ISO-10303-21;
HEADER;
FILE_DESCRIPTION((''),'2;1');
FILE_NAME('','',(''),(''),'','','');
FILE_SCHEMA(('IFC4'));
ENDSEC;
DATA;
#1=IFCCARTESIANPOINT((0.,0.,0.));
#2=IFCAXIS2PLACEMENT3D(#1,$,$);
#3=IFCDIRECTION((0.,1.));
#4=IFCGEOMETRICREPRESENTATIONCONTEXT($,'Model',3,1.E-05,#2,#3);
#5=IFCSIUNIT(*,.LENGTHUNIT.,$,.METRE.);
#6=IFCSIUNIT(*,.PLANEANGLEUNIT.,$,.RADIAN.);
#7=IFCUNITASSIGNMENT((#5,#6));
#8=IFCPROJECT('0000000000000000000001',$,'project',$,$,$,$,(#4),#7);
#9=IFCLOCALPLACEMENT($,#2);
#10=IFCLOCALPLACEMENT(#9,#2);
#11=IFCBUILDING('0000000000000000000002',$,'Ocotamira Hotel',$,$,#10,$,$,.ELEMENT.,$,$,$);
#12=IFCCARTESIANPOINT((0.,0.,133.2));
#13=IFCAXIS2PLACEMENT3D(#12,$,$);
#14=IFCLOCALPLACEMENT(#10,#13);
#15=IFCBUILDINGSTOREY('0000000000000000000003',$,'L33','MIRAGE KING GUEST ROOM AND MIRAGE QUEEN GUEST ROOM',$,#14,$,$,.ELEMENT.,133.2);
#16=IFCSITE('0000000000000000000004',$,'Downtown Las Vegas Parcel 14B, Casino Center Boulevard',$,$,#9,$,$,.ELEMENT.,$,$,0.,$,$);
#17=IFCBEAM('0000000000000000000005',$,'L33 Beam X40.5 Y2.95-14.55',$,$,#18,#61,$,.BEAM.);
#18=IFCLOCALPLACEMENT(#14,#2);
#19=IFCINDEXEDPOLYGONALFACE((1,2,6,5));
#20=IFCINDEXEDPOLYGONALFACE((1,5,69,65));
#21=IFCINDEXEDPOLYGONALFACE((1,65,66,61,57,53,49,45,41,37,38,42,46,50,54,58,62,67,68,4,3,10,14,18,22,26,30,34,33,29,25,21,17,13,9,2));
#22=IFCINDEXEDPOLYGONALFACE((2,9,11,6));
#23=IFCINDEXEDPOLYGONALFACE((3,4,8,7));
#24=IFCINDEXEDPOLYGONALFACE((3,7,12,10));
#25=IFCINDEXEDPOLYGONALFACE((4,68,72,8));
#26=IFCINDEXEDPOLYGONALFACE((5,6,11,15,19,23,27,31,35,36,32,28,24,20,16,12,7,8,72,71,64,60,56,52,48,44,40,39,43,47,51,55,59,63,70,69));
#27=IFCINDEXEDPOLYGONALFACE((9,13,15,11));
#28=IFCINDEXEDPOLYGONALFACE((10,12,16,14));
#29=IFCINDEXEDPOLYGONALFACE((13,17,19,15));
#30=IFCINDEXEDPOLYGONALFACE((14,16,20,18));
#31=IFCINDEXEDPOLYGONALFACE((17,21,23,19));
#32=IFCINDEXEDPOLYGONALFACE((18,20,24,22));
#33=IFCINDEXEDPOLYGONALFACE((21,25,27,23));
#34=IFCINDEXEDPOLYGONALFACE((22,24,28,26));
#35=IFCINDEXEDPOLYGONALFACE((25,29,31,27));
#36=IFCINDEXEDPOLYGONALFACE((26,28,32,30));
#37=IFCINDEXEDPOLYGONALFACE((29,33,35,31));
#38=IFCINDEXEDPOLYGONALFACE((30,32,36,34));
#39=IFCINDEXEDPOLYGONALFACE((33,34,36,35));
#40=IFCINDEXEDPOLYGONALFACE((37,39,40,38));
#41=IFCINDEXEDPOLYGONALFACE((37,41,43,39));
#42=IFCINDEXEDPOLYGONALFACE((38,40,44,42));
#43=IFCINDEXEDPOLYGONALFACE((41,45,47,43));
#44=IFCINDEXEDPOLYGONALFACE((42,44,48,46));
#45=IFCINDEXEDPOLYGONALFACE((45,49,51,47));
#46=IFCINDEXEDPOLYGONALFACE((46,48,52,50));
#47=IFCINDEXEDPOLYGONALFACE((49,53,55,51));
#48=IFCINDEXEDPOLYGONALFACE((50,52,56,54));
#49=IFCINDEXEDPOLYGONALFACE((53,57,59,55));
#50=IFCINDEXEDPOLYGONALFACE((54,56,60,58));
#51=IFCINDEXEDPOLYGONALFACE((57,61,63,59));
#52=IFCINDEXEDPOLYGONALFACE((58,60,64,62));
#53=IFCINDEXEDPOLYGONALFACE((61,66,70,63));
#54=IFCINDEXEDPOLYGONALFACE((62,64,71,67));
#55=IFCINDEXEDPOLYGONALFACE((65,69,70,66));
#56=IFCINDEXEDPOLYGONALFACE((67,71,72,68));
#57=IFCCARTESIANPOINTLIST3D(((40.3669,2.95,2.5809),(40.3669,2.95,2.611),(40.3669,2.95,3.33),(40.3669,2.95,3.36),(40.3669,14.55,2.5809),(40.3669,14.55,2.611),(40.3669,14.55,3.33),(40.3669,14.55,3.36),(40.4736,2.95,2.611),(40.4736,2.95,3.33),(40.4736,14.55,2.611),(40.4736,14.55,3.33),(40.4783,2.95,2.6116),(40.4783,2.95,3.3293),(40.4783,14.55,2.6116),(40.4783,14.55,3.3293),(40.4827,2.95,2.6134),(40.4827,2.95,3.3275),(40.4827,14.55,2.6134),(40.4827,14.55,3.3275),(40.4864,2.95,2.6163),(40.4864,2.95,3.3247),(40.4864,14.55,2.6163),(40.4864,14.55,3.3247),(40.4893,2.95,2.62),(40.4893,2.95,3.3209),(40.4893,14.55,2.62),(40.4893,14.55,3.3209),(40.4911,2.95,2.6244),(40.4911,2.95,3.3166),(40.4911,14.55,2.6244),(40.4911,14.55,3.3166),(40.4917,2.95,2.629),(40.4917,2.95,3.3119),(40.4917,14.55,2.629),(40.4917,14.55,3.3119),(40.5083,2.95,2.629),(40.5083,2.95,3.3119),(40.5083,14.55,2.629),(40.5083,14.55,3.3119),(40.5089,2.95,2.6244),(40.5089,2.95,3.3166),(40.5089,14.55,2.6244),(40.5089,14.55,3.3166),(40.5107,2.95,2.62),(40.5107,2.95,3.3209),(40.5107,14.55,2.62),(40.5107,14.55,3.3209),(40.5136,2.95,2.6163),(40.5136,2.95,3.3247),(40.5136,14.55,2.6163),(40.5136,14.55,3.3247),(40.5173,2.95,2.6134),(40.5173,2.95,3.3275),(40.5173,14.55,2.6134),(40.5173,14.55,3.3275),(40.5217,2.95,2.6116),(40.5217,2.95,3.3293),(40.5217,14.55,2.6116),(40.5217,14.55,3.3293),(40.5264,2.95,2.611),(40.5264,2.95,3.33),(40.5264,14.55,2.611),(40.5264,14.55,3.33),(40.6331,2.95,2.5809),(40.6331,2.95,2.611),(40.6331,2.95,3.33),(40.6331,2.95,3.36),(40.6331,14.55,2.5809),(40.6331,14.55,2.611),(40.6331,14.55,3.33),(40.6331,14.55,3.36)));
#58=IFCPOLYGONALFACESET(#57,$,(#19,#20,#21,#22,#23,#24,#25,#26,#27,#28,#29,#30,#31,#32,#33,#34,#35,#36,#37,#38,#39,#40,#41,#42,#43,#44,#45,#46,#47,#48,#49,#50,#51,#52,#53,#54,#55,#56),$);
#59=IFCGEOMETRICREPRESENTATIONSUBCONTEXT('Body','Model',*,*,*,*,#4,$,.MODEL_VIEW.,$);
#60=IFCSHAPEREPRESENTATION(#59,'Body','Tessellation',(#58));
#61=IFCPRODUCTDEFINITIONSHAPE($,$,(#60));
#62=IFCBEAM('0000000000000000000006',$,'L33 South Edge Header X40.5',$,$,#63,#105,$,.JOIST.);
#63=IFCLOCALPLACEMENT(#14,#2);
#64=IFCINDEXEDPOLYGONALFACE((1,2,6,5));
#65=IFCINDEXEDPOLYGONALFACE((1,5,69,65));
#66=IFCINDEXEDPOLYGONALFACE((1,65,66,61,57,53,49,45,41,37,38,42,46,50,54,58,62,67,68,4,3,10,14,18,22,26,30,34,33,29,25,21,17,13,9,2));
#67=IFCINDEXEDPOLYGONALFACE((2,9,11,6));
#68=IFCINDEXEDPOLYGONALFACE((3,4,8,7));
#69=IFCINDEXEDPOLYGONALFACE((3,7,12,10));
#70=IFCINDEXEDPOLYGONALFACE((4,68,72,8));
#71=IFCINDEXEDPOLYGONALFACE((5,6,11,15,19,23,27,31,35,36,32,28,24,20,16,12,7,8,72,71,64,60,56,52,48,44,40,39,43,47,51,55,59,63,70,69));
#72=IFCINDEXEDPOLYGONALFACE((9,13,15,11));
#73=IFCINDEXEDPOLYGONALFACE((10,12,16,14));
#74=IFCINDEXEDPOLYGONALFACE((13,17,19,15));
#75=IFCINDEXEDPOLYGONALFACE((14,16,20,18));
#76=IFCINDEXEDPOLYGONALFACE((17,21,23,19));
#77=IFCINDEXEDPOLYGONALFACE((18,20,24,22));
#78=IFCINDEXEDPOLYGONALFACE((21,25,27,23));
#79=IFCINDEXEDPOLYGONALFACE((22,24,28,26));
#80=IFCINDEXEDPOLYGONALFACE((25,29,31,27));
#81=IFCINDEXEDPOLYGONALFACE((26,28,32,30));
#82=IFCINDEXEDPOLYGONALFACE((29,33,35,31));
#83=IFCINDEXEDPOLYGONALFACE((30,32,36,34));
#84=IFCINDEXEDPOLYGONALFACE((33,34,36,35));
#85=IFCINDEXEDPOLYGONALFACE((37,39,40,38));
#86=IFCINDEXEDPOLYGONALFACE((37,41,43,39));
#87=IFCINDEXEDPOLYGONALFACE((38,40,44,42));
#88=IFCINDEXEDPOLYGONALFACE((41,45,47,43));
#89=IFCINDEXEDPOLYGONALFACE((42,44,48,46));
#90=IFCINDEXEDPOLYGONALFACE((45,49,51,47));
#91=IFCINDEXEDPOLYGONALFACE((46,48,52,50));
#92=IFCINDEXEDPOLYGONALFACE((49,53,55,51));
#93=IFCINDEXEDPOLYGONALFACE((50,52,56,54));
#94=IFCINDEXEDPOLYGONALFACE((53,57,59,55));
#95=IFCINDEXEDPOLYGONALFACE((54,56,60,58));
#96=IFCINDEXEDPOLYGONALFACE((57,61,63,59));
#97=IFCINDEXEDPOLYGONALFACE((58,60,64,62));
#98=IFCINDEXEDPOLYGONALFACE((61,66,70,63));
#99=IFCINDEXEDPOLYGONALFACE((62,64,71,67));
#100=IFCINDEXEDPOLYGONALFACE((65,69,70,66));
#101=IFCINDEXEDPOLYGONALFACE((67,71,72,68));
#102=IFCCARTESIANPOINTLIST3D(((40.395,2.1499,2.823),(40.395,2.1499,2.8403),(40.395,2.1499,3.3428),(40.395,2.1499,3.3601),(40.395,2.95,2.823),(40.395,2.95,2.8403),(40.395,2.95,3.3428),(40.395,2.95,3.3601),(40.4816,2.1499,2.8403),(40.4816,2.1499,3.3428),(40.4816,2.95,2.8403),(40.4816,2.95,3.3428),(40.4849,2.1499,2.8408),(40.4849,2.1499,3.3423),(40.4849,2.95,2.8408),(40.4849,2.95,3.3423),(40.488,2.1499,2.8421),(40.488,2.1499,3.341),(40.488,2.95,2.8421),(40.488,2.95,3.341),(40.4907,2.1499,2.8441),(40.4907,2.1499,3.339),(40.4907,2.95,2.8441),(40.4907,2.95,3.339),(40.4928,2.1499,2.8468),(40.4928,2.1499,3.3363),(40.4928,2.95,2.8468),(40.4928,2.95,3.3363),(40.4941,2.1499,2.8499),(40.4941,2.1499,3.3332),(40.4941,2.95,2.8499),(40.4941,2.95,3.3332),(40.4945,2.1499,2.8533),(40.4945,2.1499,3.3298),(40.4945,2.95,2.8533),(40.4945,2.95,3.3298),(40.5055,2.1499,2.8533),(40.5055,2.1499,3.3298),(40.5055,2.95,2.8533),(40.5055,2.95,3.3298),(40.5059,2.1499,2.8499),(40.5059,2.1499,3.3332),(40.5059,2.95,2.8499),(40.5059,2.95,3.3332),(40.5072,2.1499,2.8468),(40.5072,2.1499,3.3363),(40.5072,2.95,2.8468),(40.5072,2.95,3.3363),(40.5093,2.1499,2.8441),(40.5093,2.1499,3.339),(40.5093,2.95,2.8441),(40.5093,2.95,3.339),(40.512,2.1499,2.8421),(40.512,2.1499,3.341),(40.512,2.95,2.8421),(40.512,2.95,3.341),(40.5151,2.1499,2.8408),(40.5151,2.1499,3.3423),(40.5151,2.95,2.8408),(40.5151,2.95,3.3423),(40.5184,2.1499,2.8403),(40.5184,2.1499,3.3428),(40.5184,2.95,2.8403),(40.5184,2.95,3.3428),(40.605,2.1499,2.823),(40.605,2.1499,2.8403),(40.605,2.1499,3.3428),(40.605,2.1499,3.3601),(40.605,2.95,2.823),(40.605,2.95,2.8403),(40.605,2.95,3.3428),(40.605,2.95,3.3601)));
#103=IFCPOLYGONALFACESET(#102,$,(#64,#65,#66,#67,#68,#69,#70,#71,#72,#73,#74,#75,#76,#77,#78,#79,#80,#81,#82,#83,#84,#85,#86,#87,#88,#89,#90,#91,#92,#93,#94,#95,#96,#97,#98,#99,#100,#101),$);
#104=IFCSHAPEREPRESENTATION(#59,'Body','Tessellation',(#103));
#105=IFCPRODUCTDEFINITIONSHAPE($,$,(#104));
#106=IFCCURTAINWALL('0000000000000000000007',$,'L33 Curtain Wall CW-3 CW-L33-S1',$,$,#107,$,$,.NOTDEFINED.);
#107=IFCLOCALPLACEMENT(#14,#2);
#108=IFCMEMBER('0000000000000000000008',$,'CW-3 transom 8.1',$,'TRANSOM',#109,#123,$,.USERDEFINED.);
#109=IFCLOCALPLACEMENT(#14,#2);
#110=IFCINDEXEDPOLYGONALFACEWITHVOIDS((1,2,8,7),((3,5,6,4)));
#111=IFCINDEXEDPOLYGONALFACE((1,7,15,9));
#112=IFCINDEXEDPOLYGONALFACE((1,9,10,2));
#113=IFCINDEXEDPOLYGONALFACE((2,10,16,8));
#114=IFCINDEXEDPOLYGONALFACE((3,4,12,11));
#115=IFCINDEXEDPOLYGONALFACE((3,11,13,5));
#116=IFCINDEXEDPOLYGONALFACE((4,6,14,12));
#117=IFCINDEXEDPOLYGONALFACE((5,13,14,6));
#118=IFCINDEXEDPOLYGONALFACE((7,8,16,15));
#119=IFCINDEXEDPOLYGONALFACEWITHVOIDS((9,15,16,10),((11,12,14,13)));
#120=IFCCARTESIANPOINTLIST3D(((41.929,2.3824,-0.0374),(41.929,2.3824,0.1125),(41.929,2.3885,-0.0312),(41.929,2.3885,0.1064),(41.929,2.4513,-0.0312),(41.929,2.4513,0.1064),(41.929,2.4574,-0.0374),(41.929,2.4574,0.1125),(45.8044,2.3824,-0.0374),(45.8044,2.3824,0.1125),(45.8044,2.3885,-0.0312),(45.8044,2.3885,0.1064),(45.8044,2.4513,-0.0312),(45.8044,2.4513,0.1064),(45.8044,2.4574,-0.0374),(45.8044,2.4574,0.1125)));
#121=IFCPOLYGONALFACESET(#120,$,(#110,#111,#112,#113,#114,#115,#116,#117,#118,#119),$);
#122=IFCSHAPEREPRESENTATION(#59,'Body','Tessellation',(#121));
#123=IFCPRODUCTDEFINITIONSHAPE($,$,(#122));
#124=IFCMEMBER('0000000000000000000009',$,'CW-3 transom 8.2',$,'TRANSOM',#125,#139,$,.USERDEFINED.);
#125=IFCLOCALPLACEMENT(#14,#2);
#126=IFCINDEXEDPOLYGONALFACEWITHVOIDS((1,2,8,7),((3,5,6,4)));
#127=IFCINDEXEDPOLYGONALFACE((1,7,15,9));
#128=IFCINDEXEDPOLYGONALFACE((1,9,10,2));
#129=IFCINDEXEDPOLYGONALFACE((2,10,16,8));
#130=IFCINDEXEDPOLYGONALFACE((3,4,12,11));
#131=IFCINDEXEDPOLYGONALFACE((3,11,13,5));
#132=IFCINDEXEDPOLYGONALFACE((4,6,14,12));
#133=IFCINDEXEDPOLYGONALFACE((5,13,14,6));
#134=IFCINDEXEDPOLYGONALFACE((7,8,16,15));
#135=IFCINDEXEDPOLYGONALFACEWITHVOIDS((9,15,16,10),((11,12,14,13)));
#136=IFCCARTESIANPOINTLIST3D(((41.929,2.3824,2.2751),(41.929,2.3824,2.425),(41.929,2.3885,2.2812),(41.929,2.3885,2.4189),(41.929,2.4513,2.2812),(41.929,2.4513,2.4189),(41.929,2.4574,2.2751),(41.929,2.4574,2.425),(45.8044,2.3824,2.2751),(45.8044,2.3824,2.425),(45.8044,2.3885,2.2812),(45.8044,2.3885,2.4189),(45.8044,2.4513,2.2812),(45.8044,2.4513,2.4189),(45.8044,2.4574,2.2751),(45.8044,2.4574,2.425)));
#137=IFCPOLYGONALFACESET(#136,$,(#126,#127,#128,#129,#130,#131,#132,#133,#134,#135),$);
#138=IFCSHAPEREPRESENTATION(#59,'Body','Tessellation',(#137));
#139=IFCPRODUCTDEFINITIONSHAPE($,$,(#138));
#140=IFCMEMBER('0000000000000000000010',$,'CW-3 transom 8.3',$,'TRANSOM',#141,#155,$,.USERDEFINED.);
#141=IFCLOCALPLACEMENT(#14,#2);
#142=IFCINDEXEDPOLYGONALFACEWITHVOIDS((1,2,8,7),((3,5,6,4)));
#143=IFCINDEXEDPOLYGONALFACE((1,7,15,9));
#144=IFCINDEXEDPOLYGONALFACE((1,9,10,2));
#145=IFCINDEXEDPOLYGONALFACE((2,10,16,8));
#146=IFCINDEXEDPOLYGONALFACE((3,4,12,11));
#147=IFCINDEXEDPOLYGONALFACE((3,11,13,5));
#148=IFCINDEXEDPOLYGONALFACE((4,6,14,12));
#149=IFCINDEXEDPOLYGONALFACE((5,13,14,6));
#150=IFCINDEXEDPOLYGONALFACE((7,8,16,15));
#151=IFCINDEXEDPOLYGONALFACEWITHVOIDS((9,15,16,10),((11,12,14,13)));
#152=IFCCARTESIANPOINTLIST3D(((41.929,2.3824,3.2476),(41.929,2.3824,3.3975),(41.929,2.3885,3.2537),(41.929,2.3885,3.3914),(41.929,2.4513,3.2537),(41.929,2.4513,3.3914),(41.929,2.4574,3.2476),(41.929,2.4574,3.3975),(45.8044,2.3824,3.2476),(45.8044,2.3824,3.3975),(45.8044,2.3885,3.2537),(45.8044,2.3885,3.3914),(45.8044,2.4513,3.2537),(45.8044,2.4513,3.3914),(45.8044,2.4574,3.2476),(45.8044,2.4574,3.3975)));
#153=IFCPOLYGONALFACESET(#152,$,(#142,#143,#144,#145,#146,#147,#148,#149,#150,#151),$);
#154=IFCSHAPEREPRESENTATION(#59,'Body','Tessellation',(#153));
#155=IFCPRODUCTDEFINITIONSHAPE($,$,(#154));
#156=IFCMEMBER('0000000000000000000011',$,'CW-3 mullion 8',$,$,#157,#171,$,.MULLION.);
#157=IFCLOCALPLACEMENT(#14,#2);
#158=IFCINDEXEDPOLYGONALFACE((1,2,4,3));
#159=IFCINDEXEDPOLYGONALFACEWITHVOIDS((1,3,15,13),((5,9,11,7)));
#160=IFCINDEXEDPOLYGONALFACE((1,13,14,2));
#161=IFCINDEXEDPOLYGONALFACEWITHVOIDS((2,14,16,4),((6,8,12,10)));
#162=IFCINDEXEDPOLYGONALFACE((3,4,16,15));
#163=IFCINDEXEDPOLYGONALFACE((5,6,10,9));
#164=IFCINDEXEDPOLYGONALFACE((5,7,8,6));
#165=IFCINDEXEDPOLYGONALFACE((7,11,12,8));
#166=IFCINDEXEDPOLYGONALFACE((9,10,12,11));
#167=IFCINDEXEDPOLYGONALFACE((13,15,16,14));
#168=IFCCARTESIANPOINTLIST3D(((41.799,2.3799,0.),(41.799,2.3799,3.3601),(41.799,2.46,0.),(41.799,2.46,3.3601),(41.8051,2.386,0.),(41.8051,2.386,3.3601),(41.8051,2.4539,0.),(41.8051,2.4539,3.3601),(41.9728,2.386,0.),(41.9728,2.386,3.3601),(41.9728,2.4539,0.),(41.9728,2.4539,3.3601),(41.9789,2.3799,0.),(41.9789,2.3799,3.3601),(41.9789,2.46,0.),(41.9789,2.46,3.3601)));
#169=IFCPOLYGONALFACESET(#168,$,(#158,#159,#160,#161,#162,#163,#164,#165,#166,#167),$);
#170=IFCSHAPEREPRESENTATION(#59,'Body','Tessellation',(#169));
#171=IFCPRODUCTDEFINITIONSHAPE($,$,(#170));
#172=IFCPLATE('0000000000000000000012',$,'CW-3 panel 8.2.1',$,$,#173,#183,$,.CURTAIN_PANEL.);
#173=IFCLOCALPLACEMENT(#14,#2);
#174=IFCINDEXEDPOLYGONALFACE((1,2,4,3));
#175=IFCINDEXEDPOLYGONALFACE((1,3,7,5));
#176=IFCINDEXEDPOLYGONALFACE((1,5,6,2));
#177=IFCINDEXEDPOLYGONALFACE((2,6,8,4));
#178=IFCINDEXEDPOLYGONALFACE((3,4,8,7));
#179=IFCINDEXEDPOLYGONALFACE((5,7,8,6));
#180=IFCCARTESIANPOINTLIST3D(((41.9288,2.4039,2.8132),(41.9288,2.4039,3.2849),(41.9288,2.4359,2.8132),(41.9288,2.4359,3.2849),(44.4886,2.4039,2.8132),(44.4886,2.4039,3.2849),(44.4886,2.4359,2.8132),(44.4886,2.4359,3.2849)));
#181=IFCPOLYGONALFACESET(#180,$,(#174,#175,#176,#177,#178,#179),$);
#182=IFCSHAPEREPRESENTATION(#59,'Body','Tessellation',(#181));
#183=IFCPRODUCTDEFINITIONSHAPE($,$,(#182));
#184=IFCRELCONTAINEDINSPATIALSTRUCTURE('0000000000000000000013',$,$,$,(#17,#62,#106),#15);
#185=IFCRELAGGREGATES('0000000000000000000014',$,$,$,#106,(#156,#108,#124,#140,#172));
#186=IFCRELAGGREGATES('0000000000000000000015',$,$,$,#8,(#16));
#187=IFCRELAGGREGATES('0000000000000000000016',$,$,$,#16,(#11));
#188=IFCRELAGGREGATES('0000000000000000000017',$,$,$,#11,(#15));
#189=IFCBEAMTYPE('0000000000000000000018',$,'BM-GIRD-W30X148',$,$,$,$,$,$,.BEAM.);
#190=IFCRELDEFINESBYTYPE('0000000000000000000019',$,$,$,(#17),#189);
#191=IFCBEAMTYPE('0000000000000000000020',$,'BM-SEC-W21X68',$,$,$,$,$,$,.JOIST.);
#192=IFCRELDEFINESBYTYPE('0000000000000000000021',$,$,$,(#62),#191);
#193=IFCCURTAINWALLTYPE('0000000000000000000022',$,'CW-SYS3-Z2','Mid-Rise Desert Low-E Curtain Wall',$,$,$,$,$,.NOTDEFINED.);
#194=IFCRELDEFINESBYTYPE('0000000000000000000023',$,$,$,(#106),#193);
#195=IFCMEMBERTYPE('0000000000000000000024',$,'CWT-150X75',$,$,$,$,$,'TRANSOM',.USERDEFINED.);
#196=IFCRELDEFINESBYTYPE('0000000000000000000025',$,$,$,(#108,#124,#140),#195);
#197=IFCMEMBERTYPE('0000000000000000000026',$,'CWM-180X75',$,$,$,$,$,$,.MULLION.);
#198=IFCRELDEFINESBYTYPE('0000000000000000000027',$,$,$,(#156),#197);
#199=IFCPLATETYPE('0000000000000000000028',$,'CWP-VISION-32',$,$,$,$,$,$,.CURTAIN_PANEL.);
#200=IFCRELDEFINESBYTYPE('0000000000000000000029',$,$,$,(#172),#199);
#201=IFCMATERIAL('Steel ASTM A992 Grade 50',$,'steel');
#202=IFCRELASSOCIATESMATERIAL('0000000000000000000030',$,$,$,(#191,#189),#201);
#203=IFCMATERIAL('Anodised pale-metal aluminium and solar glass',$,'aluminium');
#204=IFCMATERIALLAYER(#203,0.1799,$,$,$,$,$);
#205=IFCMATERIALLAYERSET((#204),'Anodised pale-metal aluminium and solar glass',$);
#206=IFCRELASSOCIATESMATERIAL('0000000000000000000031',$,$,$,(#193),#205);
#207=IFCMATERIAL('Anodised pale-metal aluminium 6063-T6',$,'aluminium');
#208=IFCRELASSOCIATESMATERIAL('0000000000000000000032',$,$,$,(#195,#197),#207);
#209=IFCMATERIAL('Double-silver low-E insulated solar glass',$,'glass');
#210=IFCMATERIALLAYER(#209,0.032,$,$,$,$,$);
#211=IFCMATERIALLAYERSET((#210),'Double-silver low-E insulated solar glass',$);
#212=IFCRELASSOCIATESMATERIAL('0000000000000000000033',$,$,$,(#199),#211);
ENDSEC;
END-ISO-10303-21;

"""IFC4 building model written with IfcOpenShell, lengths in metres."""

from ifc_helpers import new_model, si_unit, direction, frame, origin, origin_2d, place, context, subcontext, project, spatial, rectangle, hollow_rectangle, i_section, extrude, source, transform, mapped, material, layer, layer_set, material_profile, profile_set, type_object, element, aggregate, save


model = new_model("IFC4")

# Units and contexts
model_context = context("Model", 3, precision=1e-05, world=origin(), true_north=direction((0.0, 1.0)))
body_context = subcontext(model_context, "Body", "Model", "MODEL_VIEW")
ifc_project = project(units=[si_unit("LENGTHUNIT", "METRE"), si_unit("PLANEANGLEUNIT", "RADIAN")], contexts=[model_context])

# Site, building, storey
site_placement = place(None, origin())
site = spatial("IfcSite", under=ifc_project, at=site_placement, Name="Downtown Las Vegas Parcel 14B, Casino Center Boulevard", CompositionType="ELEMENT", RefElevation=0.0)
building_placement = place(site_placement, origin())
building = spatial("IfcBuilding", under=site, at=building_placement, Name="Ocotamira Hotel", CompositionType="ELEMENT")
storey_placement = place(building_placement, frame((0.0, 0.0, 133.2)))
storey = spatial("IfcBuildingStorey", under=building, at=storey_placement, Name="L33", Description="MIRAGE KING GUEST ROOM AND MIRAGE QUEEN GUEST ROOM", CompositionType="ELEMENT", Elevation=133.2)

# Beams
ifc_material_1 = material(Name="Steel ASTM A992 Grade 50", Category="steel")
ifc_material_profile_1 = material_profile(ifc_material_1, i_section(OverallWidth=0.21, OverallDepth=0.5371, WebThickness=0.011, FlangeThickness=0.0173, FilletRadius=0.0129, at=origin_2d()), Name="W21X68")
ifc_profile_set_1 = profile_set([ifc_material_profile_1], Name="Steel ASTM A992 Grade 50")
beam_type_1 = type_object("IfcBeamType", Name="BM-SEC-W21X68", PredefinedType="JOIST", material=ifc_profile_set_1)
ifc_material_profile_2 = material_profile(ifc_material_1, i_section(OverallWidth=0.2661, OverallDepth=0.7791, WebThickness=0.0166, FlangeThickness=0.03, FilletRadius=0.0181, at=origin_2d()), Name="W30X148")
ifc_profile_set_2 = profile_set([ifc_material_profile_2], Name="Steel ASTM A992 Grade 50")
beam_type_2 = type_object("IfcBeamType", Name="BM-GIRD-W30X148", PredefinedType="BEAM", material=ifc_profile_set_2)
shared_shape_1 = source(origin(), body_context, "Body", "SweptSolid", [
    extrude(i_section(OverallWidth=0.2661, OverallDepth=0.7791, WebThickness=0.0166, FlangeThickness=0.03, FilletRadius=0.0181, at=origin_2d()), origin(), (0.0, 0.0, 1.0), 11.6001),
])
beam_1_placement = place(storey_placement, frame((40.5, 2.95, 2.9705), z_axis=(0.0, 1.0, 0.0), x_axis=(-1.0, 0.0, 0.0)))
element("IfcBeam", 1, at=beam_1_placement, inside=storey, type_object=beam_type_2, Name="L33 Beam X40.5 Y2.95-14.55", PredefinedType="BEAM", context=body_context, shape_type="MappedRepresentation", body=[
    mapped(shared_shape_1, transform((0.0, 0.0, 0.0), scale=1.0)),
])
shared_shape_2 = source(origin(), body_context, "Body", "SweptSolid", [
    extrude(i_section(OverallWidth=0.21, OverallDepth=0.5371, WebThickness=0.011, FlangeThickness=0.0173, FilletRadius=0.0129, at=origin_2d()), origin(), (0.0, 0.0, 1.0), 0.8),
])
beam_2_placement = place(storey_placement, frame((40.5, 2.95, 3.0916), z_axis=(0.0, -1.0, 0.0), x_axis=(1.0, 0.0, 0.0)))
element("IfcBeam", 2, at=beam_2_placement, inside=storey, type_object=beam_type_1, Name="L33 South Edge Header X40.5", PredefinedType="JOIST", context=body_context, shape_type="MappedRepresentation", body=[
    mapped(shared_shape_2, transform((0.0, 0.0, 0.0), scale=1.0)),
])

# Curtain wall, members, plate
ifc_material_2 = material(Name="Anodised pale-metal aluminium and solar glass", Category="aluminium")
ifc_layer_1 = layer(ifc_material_2, 0.1799)
ifc_layer_set_1 = layer_set([ifc_layer_1], Name="Anodised pale-metal aluminium and solar glass")
curtain_wall_type = type_object("IfcCurtainWallType", Name="CW-SYS3-Z2", Description="Mid-Rise Desert Low-E Curtain Wall", PredefinedType="NOTDEFINED", material=ifc_layer_set_1)
curtain_wall_placement = place(storey_placement, origin())
curtain_wall = element("IfcCurtainWall", 3, at=curtain_wall_placement, inside=storey, type_object=curtain_wall_type, Name="L33 Curtain Wall CW-3 CW-L33-S1", PredefinedType="NOTDEFINED")
ifc_material_3 = material(Name="Anodised pale-metal aluminium 6063-T6", Category="aluminium")
ifc_material_profile_3 = material_profile(ifc_material_3, hollow_rectangle(XDim=0.075, YDim=0.1499, WallThickness=0.0061, at=origin_2d()), Name="HSS150X75X6")
ifc_profile_set_3 = profile_set([ifc_material_profile_3], Name="Anodised pale-metal aluminium 6063-T6")
member_type_1 = type_object("IfcMemberType", Name="CWT-150X75", ElementType="TRANSOM", PredefinedType="USERDEFINED", material=ifc_profile_set_3)
shared_shape_3 = source(origin(), body_context, "Body", "SweptSolid", [
    extrude(hollow_rectangle(XDim=0.075, YDim=0.1499, WallThickness=0.0061, at=origin_2d()), origin(), (0.0, 0.0, 1.0), 3.8755),
])
member_1_placement = place(storey_placement, frame((41.929, 2.4199, 0.0376), z_axis=(1.0, 0.0, 0.0), x_axis=(0.0, 1.0, 0.0)))
member_1 = element("IfcMember", 4, at=member_1_placement, type_object=member_type_1, Name="CW-3 transom 8.1", ObjectType="TRANSOM", PredefinedType="USERDEFINED", context=body_context, shape_type="MappedRepresentation", body=[
    mapped(shared_shape_3, transform((0.0, 0.0, 0.0), scale=1.0)),
])
member_2_placement = place(storey_placement, frame((41.929, 2.4199, 2.3501), z_axis=(1.0, 0.0, 0.0), x_axis=(0.0, 1.0, 0.0)))
member_2 = element("IfcMember", 5, at=member_2_placement, type_object=member_type_1, Name="CW-3 transom 8.2", ObjectType="TRANSOM", PredefinedType="USERDEFINED", context=body_context, shape_type="MappedRepresentation", body=[
    mapped(shared_shape_3, transform((0.0, 0.0, 0.0), scale=1.0)),
])
member_3_placement = place(storey_placement, frame((41.929, 2.4199, 3.3225), z_axis=(1.0, 0.0, 0.0), x_axis=(0.0, 1.0, 0.0)))
member_3 = element("IfcMember", 6, at=member_3_placement, type_object=member_type_1, Name="CW-3 transom 8.3", ObjectType="TRANSOM", PredefinedType="USERDEFINED", context=body_context, shape_type="MappedRepresentation", body=[
    mapped(shared_shape_3, transform((0.0, 0.0, 0.0), scale=1.0)),
])
ifc_material_profile_4 = material_profile(ifc_material_3, hollow_rectangle(XDim=0.0801, YDim=0.1799, WallThickness=0.0061, at=origin_2d()), Name="HSS180X80X6")
ifc_profile_set_4 = profile_set([ifc_material_profile_4], Name="Anodised pale-metal aluminium 6063-T6")
member_type_2 = type_object("IfcMemberType", Name="CWM-180X75", PredefinedType="MULLION", material=ifc_profile_set_4)
shared_shape_4 = source(origin(), body_context, "Body", "SweptSolid", [
    extrude(hollow_rectangle(XDim=0.0801, YDim=0.1799, WallThickness=0.0061, at=origin_2d()), origin(), (0.0, 0.0, 1.0), 3.3601),
])
member_4_placement = place(storey_placement, frame((41.8889, 2.4199, 0.0), z_axis=(0.0, 0.0, 1.0), x_axis=(0.0, 1.0, 0.0)))
member_4 = element("IfcMember", 7, at=member_4_placement, type_object=member_type_2, Name="CW-3 mullion 8", PredefinedType="MULLION", context=body_context, shape_type="MappedRepresentation", body=[
    mapped(shared_shape_4, transform((0.0, 0.0, 0.0), scale=1.0)),
])
ifc_material_4 = material(Name="Double-silver low-E insulated solar glass", Category="glass")
ifc_layer_2 = layer(ifc_material_4, 0.032)
ifc_layer_set_2 = layer_set([ifc_layer_2], Name="Double-silver low-E insulated solar glass")
plate_type = type_object("IfcPlateType", Name="CWP-VISION-32", PredefinedType="CURTAIN_PANEL", material=ifc_layer_set_2)
shared_shape_5 = source(origin(), body_context, "Body", "SweptSolid", [
    extrude(rectangle(XDim=2.5598, YDim=0.032, at=origin_2d()), origin(), (0.0, 0.0, 1.0), 0.4717),
])
plate_1_placement = place(storey_placement, frame((43.2087, 2.4199, 2.8132), z_axis=(0.0, 0.0, 1.0), x_axis=(1.0, 0.0, 0.0)))
plate_1 = element("IfcPlate", 8, at=plate_1_placement, type_object=plate_type, Name="CW-3 panel 8.2.1", PredefinedType="CURTAIN_PANEL", context=body_context, shape_type="MappedRepresentation", body=[
    mapped(shared_shape_5, transform((0.0, 0.0, 0.0), scale=1.0)),
])
aggregate(curtain_wall, [member_4, member_1, member_2, member_3, plate_1])

save(model, "model.ifc")
